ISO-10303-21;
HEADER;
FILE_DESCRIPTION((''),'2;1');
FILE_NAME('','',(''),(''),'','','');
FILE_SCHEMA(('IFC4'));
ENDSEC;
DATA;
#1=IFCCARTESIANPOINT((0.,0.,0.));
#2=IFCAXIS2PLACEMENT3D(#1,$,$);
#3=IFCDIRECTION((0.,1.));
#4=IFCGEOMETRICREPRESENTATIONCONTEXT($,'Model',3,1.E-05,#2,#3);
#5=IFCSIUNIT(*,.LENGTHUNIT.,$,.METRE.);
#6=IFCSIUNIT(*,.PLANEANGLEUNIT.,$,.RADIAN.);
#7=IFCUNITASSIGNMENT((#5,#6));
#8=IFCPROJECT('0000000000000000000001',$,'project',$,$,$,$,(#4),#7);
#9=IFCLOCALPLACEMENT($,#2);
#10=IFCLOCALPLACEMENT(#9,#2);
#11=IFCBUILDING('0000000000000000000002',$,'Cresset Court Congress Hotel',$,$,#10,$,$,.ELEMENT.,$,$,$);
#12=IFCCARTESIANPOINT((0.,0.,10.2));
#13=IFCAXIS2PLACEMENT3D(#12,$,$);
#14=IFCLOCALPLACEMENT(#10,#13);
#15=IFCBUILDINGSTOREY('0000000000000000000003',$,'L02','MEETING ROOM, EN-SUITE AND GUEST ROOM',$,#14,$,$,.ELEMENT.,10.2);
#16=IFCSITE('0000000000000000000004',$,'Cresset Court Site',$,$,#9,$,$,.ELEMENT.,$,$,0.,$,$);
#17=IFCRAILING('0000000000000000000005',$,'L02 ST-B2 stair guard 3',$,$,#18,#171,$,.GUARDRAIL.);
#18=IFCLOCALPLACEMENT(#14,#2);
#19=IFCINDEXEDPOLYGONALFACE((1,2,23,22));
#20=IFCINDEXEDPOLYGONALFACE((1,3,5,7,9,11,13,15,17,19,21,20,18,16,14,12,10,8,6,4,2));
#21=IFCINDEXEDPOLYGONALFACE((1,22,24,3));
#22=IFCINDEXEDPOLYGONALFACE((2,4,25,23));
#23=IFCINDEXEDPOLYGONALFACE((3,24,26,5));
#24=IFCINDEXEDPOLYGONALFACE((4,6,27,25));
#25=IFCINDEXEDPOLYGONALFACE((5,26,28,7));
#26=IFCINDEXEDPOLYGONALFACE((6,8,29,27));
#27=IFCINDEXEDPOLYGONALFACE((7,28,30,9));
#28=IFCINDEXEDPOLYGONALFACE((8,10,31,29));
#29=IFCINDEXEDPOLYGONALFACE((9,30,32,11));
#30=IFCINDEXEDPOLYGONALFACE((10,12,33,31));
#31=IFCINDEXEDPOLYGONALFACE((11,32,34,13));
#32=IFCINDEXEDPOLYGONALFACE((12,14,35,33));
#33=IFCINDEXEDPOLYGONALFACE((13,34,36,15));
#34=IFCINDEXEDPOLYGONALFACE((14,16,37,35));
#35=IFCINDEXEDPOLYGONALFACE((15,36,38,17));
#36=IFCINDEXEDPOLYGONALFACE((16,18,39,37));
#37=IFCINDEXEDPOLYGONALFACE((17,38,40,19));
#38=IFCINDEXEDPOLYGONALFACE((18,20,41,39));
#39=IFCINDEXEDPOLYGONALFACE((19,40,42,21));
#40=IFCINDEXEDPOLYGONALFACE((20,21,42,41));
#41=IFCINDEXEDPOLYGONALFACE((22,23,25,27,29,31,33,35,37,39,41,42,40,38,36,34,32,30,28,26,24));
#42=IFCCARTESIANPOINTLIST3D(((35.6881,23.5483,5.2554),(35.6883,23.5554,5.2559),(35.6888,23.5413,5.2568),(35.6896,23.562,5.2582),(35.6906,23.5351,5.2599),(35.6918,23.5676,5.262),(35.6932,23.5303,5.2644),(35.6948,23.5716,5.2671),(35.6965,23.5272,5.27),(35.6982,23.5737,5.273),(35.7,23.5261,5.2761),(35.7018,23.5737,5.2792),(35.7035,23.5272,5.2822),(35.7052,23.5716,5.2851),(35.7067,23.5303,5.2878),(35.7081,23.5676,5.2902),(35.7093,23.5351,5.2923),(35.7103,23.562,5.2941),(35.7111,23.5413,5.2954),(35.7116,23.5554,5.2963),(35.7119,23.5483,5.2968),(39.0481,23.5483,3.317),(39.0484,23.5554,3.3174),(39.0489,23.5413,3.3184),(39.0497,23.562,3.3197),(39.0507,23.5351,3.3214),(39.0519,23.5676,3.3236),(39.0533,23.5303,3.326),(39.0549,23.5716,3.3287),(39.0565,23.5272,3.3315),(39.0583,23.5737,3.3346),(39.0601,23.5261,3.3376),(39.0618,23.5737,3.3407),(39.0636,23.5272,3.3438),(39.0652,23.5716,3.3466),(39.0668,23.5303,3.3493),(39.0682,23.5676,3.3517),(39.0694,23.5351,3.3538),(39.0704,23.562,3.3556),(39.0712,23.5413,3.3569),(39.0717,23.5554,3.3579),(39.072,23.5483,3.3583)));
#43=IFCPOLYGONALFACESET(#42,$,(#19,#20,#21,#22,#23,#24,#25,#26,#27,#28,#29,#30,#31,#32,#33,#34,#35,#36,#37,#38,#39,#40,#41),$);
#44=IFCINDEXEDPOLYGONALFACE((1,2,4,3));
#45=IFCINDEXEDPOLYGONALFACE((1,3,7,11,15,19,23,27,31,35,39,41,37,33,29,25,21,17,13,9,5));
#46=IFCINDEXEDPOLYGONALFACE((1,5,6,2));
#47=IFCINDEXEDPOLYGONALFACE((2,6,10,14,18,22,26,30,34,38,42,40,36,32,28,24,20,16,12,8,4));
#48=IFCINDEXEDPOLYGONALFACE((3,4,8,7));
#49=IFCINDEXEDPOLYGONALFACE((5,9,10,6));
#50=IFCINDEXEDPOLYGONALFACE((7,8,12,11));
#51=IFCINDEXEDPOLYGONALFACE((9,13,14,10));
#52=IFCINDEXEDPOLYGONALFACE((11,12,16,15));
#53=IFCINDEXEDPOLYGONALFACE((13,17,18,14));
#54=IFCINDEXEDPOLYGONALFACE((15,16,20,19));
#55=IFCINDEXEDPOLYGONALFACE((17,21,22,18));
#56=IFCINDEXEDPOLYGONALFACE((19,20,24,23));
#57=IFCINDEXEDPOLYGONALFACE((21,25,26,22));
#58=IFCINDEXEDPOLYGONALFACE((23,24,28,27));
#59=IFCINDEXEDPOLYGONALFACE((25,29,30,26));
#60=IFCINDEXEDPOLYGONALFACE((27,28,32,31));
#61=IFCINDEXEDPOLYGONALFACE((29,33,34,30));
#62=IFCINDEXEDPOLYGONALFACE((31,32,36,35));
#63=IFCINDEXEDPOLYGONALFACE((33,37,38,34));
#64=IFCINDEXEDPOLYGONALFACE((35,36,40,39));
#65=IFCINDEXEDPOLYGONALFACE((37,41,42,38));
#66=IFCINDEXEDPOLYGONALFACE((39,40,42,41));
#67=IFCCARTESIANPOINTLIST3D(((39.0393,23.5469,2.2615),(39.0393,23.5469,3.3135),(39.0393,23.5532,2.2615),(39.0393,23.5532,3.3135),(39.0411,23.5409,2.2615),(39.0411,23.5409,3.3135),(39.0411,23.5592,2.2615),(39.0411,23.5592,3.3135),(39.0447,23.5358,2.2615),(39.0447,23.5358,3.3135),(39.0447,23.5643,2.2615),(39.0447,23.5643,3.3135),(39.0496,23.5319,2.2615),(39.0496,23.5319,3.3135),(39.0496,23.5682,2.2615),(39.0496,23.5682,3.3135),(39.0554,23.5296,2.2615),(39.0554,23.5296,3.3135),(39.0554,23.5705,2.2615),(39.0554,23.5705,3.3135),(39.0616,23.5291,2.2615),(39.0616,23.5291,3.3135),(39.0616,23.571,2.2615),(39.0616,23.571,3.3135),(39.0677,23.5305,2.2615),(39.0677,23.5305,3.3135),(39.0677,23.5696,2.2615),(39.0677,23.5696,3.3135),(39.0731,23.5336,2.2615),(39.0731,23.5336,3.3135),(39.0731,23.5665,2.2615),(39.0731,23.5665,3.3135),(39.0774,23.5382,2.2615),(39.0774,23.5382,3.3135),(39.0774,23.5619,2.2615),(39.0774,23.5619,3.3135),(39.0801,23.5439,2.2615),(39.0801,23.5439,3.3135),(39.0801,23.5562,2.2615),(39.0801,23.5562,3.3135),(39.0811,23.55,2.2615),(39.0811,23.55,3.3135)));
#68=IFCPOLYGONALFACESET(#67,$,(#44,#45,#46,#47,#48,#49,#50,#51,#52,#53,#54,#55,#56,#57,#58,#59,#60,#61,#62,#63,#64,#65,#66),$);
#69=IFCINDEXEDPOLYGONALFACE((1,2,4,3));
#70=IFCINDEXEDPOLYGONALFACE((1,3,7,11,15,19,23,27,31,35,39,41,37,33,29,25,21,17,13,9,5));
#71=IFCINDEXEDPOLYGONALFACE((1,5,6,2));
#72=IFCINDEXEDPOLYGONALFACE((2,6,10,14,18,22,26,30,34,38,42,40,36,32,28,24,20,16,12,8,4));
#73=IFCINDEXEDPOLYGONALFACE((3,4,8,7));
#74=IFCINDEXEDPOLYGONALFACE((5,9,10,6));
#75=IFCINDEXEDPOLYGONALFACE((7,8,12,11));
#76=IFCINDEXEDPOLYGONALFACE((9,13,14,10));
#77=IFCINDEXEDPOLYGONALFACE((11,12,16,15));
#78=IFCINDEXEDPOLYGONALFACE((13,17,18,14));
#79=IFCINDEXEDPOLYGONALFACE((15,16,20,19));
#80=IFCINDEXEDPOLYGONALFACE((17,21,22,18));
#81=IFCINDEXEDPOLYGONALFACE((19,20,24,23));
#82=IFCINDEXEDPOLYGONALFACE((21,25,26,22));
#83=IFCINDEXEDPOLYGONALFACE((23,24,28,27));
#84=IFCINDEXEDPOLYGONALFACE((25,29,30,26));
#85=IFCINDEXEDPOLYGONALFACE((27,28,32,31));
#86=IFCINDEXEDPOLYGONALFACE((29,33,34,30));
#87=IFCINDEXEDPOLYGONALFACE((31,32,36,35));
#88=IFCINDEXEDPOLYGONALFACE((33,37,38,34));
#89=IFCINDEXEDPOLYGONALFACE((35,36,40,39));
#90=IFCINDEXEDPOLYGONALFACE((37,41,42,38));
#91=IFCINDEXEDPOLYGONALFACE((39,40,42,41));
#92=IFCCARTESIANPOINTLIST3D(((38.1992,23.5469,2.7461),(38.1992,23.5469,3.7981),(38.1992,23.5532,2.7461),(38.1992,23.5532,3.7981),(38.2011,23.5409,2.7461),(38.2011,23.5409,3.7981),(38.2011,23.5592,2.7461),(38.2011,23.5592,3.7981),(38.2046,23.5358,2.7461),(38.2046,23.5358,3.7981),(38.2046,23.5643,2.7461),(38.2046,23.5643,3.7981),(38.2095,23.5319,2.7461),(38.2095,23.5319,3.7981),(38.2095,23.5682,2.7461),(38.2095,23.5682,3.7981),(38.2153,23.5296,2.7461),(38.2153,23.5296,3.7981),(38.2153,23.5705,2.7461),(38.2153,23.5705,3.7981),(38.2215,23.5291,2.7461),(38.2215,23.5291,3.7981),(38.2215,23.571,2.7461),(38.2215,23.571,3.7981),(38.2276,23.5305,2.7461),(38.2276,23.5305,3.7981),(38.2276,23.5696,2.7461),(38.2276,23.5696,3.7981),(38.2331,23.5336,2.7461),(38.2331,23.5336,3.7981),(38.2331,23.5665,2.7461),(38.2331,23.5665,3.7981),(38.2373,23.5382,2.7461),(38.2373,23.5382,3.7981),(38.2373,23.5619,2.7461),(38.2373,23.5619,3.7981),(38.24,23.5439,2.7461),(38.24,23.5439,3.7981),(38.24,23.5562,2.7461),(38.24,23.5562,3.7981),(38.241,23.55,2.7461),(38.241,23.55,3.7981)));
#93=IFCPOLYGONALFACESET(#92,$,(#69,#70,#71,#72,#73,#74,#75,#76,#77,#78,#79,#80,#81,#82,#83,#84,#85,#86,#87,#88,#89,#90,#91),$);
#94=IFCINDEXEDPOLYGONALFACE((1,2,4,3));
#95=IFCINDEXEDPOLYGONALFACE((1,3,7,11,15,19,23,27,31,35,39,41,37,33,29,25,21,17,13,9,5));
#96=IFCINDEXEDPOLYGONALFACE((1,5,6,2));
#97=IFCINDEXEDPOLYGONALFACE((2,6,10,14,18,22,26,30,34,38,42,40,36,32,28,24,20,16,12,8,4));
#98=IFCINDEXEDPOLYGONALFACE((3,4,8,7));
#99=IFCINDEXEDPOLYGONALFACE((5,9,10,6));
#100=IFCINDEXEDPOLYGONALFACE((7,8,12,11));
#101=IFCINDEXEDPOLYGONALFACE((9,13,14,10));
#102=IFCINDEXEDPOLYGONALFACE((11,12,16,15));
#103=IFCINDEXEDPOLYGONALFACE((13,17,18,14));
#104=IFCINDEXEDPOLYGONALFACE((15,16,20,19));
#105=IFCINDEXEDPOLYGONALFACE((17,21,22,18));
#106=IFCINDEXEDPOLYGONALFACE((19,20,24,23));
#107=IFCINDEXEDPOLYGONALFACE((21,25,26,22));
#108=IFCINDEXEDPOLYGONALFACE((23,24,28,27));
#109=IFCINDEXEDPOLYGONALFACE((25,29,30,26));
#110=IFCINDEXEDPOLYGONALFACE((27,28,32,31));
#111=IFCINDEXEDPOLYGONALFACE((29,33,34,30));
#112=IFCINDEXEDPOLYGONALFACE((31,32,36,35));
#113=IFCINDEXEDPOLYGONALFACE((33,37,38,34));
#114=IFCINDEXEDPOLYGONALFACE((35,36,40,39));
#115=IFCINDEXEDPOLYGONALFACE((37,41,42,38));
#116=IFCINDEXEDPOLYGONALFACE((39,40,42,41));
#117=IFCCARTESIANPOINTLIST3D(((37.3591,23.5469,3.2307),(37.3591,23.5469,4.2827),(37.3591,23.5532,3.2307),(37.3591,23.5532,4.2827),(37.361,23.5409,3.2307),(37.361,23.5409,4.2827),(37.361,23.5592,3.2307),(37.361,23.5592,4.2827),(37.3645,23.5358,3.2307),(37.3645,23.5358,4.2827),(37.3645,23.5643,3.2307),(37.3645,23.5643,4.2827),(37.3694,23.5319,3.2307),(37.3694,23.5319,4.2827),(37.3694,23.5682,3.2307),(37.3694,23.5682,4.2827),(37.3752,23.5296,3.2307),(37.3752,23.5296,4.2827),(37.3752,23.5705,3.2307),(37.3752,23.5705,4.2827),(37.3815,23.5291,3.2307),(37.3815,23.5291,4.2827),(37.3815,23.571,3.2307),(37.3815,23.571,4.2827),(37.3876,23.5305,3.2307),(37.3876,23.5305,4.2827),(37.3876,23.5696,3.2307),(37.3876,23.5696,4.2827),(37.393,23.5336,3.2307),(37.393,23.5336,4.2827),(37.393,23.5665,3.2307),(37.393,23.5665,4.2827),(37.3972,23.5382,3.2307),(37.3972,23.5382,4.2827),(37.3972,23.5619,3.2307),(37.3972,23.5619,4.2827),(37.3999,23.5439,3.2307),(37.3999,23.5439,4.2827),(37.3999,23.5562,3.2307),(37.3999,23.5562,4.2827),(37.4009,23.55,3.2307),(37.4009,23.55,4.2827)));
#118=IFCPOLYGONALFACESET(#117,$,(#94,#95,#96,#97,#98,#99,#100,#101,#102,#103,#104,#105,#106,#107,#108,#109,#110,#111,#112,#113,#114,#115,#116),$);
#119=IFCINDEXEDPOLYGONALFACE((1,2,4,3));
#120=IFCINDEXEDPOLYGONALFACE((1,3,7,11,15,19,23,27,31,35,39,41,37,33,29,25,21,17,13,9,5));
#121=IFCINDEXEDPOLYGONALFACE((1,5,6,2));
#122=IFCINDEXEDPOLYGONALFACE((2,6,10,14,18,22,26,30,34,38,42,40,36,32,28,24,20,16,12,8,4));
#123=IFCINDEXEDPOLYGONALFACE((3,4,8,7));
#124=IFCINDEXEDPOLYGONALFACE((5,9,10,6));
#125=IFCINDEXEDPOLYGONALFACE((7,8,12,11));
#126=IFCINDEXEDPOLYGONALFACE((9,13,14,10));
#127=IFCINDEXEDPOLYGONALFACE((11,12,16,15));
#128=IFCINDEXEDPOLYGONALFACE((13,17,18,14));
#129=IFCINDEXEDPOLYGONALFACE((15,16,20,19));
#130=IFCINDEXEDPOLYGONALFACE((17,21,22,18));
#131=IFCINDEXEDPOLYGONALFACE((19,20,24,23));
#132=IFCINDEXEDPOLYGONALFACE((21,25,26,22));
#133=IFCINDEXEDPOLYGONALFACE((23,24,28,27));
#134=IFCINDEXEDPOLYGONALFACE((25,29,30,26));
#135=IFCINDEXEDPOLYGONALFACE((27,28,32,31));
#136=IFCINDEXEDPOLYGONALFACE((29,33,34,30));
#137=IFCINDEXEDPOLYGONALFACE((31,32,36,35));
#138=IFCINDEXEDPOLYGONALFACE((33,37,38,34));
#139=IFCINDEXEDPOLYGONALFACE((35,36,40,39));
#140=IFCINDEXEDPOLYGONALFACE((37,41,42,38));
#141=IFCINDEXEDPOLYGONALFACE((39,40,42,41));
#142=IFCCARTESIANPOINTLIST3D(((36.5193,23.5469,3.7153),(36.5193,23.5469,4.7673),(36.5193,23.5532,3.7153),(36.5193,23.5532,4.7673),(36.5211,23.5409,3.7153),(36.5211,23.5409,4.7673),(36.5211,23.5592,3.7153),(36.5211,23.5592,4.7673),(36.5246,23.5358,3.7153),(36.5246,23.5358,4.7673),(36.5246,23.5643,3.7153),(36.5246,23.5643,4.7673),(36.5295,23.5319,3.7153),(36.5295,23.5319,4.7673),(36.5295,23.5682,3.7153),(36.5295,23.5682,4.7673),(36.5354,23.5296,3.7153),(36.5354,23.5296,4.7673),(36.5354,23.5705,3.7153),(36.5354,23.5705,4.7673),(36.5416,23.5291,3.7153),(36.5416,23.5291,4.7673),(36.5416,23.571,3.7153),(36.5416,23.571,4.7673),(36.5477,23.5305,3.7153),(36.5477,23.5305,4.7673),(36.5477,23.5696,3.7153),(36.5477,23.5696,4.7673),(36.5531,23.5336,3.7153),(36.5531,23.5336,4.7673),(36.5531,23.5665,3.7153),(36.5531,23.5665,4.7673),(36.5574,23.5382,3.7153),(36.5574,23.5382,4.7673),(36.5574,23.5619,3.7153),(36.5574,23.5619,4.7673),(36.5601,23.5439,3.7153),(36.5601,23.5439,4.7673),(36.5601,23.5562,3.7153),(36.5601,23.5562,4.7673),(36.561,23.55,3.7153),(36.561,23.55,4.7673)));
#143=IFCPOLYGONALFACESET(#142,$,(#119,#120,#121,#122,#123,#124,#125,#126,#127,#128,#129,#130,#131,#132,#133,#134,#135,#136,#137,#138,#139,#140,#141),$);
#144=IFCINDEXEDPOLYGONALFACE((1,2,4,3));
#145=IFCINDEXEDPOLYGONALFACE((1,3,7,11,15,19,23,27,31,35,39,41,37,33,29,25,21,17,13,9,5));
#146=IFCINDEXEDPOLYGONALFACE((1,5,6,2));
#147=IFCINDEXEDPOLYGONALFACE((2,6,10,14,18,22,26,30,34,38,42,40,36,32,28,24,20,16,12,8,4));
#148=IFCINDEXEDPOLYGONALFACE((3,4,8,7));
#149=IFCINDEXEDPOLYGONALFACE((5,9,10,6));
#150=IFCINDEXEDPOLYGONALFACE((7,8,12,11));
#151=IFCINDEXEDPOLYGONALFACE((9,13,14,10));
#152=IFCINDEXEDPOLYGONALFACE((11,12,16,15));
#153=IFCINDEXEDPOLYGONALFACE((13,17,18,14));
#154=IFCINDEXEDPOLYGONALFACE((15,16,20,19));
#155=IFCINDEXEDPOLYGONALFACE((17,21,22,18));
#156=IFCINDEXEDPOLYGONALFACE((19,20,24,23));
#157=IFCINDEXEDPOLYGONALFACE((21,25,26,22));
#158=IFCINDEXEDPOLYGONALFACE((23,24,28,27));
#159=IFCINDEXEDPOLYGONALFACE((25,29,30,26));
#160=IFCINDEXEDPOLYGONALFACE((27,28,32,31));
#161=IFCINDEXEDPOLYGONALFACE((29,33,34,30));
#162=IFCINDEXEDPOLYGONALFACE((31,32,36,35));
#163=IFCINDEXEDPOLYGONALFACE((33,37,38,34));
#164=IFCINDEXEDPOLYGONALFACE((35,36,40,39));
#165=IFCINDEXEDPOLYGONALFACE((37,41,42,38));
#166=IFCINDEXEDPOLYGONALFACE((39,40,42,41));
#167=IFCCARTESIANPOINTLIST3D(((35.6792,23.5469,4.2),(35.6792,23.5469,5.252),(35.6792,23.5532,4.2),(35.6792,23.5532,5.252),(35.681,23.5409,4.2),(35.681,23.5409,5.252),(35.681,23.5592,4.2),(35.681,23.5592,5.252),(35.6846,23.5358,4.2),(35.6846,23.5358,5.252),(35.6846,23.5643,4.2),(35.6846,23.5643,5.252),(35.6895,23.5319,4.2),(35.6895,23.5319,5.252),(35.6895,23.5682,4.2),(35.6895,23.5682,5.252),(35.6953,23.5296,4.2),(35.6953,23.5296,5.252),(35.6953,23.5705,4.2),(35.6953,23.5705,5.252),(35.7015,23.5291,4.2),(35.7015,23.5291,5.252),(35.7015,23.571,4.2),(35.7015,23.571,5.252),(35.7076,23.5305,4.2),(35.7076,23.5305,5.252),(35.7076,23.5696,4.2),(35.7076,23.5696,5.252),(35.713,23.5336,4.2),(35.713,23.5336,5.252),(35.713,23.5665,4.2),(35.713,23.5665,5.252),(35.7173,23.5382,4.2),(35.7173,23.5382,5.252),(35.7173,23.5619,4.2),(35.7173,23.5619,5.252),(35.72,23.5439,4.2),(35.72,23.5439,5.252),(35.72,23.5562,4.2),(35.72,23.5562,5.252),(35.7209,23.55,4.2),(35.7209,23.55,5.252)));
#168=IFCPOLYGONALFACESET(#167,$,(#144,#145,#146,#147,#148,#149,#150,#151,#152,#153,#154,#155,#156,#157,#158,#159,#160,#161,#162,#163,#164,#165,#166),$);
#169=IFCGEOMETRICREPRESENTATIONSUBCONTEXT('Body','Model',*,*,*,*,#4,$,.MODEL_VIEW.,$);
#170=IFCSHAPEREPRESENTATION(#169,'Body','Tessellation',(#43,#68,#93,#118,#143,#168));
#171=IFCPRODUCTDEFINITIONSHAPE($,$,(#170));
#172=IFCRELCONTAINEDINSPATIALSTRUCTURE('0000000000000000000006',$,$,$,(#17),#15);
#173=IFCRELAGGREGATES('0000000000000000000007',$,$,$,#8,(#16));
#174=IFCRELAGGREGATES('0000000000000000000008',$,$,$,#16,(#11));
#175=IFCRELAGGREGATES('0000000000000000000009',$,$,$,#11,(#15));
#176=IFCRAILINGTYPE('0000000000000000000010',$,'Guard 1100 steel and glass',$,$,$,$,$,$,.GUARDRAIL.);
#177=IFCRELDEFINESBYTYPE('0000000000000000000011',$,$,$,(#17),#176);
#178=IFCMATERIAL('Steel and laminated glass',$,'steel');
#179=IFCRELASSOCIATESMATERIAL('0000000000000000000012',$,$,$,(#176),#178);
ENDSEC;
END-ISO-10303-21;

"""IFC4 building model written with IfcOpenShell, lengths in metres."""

from ifc_helpers import new_model, si_unit, direction, frame, origin, origin_2d, place, context, subcontext, project, spatial, circle, extrude, material, type_object, element, save


model = new_model("IFC4")

# Units and contexts
model_context = context("Model", 3, precision=1e-05, world=origin(), true_north=direction((0.0, 1.0)))
body_context = subcontext(model_context, "Body", "Model", "MODEL_VIEW")
ifc_project = project(units=[si_unit("LENGTHUNIT", "METRE"), si_unit("PLANEANGLEUNIT", "RADIAN")], contexts=[model_context])

# Site, building, storey
site_placement = place(None, origin())
site = spatial("IfcSite", under=ifc_project, at=site_placement, Name="Cresset Court Site", CompositionType="ELEMENT", RefElevation=0.0)
building_placement = place(site_placement, origin())
building = spatial("IfcBuilding", under=site, at=building_placement, Name="Cresset Court Congress Hotel", CompositionType="ELEMENT")
storey_placement = place(building_placement, frame((0.0, 0.0, 10.2)))
storey = spatial("IfcBuildingStorey", under=building, at=storey_placement, Name="L02", Description="MEETING ROOM, EN-SUITE AND GUEST ROOM", CompositionType="ELEMENT", Elevation=10.2)

# Railing
ifc_material_1 = material(Name="Steel and laminated glass", Category="steel")
railing_type_1 = type_object("IfcRailingType", Name="Guard 1100 steel and glass", PredefinedType="GUARDRAIL", material=ifc_material_1)
railing_1_placement = place(storey_placement, frame((39.0601, 23.55, 2.2615)))
element("IfcRailing", 1, at=railing_1_placement, inside=storey, type_object=railing_type_1, Name="L02 ST-B2 stair guard 3", PredefinedType="GUARDRAIL", context=body_context, shape_type="SweptSolid", body=[
    extrude(circle(Radius=0.0239, at=origin_2d()), frame((0.0, 0.0, 1.0762), z_axis=(-0.866191, 0.0, 0.499713), x_axis=(0.0, -1.0, 0.0)), (0.0, 0.0, 1.0), 3.8792),
    extrude(circle(Radius=0.021, at=origin_2d()), origin(), (0.0, 0.0, 1.0), 1.052),
    extrude(circle(Radius=0.021, at=origin_2d()), frame((-0.8401, 0.0, 0.4846)), (0.0, 0.0, 1.0), 1.052),
    extrude(circle(Radius=0.021, at=origin_2d()), frame((-1.6802, 0.0, 0.9692)), (0.0, 0.0, 1.0), 1.052),
    extrude(circle(Radius=0.021, at=origin_2d()), frame((-2.52, 0.0, 1.4539)), (0.0, 0.0, 1.0), 1.052),
    extrude(circle(Radius=0.021, at=origin_2d()), frame((-3.3601, 0.0, 1.9385)), (0.0, 0.0, 1.0), 1.052),
])

save(model, "model.ifc")
